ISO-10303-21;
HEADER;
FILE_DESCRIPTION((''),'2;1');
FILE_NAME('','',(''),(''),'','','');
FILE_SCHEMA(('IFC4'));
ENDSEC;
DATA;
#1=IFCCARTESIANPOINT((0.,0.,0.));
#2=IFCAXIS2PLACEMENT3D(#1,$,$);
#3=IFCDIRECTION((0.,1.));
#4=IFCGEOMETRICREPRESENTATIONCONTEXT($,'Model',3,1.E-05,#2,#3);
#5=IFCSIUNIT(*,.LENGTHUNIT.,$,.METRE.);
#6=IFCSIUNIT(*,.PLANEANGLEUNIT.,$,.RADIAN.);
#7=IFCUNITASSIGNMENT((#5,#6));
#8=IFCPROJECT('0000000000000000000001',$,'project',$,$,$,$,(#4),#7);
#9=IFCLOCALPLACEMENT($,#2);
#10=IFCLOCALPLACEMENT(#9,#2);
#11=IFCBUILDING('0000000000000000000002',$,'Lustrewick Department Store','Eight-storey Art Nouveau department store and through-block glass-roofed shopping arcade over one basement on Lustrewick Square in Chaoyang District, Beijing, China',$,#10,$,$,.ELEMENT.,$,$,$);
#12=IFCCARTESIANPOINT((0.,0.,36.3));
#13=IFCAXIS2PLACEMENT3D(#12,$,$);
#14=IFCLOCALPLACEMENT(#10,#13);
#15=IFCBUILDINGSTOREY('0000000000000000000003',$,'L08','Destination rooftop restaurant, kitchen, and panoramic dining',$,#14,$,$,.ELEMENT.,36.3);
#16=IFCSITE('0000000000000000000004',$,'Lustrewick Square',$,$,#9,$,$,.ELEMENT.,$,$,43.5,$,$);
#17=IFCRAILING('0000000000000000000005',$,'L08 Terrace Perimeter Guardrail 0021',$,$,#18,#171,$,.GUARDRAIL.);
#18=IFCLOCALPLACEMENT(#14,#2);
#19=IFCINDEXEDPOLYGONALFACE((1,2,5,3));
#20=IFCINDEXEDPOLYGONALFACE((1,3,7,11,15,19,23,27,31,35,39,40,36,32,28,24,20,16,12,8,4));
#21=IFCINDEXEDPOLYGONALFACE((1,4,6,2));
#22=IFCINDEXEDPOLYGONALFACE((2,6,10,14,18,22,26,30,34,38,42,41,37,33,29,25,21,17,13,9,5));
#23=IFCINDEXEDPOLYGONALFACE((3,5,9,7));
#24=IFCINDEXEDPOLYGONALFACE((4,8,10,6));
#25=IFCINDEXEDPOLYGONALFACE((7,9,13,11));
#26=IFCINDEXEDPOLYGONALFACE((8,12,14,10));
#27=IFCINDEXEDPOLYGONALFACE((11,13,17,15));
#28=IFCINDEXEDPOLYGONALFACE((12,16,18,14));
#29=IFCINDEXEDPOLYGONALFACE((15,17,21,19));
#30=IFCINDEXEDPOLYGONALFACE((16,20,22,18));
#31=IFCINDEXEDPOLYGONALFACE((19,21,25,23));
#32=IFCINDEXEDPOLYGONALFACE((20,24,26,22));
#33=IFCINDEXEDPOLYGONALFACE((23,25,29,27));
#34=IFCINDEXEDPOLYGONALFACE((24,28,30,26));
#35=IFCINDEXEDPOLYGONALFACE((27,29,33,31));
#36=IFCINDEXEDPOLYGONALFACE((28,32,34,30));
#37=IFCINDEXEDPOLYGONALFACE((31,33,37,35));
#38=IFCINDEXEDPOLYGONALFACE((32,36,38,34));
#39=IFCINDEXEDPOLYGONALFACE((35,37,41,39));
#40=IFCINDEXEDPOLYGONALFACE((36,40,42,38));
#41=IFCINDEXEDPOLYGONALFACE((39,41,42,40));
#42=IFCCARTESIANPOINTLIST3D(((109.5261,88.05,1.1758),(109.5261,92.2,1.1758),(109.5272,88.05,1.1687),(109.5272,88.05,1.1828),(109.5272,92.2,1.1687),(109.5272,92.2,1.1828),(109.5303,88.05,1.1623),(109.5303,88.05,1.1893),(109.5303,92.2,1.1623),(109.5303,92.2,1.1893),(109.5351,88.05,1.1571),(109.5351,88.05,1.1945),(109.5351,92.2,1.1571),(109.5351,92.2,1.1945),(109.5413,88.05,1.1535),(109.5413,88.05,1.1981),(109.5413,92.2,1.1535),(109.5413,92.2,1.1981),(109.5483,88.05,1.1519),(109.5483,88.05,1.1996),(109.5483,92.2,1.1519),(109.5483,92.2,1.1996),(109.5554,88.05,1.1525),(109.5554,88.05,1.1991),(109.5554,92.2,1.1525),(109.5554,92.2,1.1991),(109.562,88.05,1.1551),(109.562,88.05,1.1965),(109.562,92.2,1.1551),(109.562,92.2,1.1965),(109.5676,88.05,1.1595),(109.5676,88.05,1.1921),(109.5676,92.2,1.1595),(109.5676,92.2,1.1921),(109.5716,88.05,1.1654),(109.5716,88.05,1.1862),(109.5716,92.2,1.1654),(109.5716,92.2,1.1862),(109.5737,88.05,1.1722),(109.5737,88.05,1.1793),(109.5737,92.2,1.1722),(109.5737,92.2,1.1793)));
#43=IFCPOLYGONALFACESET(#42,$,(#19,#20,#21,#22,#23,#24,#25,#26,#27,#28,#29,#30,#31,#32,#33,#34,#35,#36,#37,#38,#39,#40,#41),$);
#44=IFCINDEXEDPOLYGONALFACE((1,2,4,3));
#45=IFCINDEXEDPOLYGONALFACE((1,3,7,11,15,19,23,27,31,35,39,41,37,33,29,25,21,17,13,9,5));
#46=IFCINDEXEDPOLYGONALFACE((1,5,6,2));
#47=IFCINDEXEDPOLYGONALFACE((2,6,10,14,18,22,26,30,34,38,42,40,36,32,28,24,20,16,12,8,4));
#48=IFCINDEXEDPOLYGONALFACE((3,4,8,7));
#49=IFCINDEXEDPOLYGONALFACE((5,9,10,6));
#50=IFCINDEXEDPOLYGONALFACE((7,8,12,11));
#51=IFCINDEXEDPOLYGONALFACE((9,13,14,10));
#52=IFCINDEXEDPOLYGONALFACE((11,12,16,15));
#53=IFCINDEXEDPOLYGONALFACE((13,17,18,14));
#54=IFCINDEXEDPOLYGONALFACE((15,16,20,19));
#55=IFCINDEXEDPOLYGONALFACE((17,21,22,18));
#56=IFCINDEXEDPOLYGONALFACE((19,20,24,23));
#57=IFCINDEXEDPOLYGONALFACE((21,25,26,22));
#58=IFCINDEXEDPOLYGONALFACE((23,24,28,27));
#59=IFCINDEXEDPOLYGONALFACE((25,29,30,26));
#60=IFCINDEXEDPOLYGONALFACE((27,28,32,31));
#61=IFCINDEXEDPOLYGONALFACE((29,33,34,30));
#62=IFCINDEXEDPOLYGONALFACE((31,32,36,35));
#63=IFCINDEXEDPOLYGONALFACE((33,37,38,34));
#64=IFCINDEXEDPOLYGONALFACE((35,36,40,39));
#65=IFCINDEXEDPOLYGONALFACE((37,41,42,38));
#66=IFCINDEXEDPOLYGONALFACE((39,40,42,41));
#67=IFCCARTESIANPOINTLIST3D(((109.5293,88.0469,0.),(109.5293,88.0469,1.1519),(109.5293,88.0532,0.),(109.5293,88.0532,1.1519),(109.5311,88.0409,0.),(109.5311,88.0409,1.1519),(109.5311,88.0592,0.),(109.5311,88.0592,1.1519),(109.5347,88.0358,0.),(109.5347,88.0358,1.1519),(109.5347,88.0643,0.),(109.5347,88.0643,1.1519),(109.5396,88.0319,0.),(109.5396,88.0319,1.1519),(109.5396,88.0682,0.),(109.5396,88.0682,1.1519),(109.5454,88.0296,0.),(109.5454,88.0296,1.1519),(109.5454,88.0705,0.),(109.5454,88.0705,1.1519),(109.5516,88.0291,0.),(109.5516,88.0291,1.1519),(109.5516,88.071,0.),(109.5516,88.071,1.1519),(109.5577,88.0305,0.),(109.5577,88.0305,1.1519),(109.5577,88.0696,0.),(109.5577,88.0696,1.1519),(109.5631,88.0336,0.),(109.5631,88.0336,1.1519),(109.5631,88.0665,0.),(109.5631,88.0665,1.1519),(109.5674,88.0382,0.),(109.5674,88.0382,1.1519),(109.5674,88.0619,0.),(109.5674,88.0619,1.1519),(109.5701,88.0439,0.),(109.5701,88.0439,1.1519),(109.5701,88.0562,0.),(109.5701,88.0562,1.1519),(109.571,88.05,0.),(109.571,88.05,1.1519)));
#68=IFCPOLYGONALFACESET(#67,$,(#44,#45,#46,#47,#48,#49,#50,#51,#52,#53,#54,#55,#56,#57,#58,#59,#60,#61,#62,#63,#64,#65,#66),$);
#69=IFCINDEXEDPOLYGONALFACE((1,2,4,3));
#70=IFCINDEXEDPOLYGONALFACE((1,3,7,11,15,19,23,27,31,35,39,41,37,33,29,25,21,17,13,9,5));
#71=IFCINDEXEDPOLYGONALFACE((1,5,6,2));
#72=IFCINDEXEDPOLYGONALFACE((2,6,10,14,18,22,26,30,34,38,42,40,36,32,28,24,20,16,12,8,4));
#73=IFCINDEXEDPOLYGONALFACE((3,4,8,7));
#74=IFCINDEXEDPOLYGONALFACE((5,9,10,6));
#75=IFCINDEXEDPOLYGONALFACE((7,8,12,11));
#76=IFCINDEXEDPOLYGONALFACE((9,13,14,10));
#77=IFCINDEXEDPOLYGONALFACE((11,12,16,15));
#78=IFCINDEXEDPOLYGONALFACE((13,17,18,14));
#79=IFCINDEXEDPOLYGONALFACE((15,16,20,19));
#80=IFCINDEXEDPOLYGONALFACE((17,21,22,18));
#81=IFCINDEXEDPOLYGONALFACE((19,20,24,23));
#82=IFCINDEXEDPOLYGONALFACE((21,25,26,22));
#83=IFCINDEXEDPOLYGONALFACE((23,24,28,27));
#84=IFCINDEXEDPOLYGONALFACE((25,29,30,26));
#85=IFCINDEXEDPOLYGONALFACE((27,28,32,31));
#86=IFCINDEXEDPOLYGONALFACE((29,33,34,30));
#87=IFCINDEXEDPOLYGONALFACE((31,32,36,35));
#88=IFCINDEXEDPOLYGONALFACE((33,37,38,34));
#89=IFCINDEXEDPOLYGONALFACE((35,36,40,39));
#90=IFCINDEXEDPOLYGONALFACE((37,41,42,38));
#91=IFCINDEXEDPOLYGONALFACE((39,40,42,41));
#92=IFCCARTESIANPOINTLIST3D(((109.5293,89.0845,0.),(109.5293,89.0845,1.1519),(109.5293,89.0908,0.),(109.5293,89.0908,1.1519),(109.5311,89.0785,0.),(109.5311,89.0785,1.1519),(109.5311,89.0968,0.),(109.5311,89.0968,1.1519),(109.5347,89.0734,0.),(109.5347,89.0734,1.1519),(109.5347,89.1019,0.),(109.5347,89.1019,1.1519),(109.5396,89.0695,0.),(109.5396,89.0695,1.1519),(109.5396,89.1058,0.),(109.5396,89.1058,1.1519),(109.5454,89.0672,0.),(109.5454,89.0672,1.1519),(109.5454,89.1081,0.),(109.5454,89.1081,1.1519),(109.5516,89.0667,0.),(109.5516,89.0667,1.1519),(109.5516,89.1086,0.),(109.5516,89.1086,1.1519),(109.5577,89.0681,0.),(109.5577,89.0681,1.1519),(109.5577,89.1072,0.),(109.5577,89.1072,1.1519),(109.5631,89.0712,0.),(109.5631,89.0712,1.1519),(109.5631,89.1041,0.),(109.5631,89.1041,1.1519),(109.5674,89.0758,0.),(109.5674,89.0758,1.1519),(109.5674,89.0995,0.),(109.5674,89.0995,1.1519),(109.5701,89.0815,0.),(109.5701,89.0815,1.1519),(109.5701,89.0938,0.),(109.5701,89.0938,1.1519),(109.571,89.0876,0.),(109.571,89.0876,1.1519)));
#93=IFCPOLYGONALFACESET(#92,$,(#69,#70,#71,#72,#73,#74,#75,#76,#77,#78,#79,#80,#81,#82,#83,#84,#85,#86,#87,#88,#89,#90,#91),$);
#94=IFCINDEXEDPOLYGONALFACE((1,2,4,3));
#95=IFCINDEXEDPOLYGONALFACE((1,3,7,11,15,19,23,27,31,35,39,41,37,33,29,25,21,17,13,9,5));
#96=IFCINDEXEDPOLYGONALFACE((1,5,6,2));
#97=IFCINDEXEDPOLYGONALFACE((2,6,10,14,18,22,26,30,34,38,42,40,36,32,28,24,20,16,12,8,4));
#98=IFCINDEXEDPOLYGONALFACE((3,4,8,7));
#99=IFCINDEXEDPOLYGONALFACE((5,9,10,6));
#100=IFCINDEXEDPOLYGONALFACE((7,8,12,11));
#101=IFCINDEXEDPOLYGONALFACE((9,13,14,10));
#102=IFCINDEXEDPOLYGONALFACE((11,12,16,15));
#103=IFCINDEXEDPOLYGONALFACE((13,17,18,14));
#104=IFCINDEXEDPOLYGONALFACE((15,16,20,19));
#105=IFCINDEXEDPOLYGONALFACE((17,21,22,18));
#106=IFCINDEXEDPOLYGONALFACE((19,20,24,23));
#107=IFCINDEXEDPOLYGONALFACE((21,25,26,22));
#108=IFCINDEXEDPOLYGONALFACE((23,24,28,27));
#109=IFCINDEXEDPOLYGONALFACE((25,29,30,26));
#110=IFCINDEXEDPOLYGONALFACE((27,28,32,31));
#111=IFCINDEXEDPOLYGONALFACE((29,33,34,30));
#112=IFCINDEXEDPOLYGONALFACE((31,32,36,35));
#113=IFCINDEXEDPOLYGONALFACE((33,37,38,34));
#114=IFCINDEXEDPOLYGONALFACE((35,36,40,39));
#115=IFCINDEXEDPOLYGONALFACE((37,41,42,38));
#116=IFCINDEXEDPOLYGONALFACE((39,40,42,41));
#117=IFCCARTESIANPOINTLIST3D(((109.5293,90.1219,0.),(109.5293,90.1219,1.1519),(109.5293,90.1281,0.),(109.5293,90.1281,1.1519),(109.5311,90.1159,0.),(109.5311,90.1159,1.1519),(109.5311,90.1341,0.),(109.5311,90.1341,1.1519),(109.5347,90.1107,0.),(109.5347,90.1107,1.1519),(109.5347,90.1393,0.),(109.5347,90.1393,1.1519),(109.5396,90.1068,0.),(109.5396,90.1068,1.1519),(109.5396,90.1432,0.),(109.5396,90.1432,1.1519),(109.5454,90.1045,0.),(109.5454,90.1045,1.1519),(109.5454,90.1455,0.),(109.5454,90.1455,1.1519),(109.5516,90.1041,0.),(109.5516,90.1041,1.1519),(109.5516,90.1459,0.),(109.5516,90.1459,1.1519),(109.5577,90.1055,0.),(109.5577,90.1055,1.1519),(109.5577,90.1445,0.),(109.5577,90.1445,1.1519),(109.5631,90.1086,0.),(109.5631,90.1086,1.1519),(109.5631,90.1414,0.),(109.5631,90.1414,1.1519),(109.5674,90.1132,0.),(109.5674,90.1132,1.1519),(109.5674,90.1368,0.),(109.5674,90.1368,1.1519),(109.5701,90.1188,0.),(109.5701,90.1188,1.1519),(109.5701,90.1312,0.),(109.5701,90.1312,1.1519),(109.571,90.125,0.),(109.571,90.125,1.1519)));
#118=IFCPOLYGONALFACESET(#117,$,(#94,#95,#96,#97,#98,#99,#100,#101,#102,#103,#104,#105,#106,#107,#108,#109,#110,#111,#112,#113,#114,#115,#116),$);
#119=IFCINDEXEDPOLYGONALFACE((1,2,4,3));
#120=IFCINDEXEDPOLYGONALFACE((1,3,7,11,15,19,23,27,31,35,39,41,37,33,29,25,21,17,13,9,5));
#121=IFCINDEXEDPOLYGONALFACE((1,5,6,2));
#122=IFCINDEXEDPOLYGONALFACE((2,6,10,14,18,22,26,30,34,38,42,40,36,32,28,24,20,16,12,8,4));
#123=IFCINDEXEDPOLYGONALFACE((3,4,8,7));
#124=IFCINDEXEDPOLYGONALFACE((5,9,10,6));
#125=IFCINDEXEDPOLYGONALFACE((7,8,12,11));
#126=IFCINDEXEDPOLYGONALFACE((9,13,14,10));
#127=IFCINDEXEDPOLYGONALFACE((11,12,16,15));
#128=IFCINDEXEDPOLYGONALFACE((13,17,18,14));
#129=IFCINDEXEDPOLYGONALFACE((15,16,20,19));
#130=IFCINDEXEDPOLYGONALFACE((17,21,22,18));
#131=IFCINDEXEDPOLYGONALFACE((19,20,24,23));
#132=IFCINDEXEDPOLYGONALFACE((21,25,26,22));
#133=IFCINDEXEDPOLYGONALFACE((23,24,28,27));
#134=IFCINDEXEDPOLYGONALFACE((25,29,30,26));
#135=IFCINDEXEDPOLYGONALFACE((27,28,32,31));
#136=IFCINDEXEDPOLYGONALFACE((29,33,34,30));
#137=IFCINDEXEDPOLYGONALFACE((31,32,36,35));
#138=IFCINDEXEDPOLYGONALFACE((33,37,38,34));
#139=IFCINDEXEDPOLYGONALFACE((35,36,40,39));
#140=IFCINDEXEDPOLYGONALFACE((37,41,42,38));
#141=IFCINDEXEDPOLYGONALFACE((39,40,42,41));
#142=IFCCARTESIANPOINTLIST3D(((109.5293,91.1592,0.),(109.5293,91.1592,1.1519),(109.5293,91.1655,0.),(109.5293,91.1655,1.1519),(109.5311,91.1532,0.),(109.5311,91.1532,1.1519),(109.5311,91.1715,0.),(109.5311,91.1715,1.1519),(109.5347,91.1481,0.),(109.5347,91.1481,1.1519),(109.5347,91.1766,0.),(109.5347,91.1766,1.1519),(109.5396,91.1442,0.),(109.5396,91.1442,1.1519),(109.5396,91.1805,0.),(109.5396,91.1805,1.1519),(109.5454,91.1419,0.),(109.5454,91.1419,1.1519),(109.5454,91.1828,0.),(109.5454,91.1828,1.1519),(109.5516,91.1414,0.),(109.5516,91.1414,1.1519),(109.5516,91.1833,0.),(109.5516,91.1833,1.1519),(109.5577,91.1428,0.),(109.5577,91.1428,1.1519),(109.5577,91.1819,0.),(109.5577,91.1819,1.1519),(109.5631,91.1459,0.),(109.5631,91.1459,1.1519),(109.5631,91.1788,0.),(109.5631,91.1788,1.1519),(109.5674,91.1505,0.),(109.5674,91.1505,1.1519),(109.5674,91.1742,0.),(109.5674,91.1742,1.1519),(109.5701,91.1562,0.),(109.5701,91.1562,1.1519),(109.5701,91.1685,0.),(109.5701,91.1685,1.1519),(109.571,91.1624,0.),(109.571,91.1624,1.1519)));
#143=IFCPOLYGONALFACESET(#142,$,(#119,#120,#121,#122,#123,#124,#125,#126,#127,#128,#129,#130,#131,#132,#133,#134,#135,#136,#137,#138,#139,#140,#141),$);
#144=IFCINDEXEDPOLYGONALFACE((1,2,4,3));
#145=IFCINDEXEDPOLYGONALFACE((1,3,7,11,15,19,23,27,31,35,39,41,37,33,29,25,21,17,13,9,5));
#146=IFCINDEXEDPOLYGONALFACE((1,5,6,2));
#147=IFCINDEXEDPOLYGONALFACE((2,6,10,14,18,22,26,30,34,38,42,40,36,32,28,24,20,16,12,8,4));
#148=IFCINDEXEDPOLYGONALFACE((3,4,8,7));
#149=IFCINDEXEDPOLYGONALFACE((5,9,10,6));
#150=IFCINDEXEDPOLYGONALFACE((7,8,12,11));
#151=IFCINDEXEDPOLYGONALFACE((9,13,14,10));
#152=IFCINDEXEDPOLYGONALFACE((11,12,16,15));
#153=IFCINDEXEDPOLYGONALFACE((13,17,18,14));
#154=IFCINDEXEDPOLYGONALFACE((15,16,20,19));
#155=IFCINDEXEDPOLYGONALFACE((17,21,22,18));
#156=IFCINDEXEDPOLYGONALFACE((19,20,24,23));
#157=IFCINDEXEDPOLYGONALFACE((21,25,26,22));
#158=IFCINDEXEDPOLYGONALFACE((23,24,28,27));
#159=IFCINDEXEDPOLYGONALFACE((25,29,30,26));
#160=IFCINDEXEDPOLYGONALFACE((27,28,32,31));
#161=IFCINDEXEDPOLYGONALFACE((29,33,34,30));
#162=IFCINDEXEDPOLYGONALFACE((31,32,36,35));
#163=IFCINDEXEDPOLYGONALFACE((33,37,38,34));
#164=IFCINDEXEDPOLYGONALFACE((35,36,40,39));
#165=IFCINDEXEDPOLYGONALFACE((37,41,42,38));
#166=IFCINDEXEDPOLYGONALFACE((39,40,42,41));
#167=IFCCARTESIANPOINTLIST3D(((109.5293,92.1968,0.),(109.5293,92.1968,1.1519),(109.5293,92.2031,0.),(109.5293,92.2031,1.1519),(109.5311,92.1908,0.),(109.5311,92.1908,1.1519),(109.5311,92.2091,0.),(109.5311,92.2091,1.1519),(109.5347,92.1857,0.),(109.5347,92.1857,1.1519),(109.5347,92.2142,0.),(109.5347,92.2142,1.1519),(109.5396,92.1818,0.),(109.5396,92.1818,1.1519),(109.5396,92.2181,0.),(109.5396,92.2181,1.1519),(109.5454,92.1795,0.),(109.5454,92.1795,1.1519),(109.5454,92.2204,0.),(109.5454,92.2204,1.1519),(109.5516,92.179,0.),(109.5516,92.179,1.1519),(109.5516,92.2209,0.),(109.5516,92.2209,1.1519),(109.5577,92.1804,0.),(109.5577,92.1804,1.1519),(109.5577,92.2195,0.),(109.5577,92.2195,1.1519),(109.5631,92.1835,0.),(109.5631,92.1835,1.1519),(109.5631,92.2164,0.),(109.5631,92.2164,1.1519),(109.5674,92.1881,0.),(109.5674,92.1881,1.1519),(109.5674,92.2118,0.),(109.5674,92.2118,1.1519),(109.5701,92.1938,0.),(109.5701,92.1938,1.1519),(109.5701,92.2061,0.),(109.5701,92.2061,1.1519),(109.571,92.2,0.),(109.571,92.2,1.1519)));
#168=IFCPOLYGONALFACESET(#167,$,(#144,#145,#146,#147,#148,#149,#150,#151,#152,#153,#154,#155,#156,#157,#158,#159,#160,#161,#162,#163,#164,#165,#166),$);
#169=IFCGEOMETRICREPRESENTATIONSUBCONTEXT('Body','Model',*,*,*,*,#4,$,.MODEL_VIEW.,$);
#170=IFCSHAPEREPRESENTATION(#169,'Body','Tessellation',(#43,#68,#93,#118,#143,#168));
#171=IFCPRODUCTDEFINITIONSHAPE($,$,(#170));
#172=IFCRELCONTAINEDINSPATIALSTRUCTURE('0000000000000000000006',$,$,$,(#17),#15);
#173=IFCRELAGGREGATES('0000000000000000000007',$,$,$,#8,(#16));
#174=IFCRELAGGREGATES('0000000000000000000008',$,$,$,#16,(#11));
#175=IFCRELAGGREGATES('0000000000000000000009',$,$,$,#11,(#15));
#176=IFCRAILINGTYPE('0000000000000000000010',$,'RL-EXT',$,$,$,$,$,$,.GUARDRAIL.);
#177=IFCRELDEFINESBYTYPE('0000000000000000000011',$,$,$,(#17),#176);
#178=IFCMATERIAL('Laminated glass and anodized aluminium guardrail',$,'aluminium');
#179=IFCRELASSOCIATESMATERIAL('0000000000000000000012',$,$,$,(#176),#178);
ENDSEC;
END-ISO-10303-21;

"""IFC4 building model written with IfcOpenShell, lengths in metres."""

from ifc_helpers import new_model, si_unit, direction, frame, origin, origin_2d, place, context, subcontext, project, spatial, circle, extrude, material, type_object, element, save


model = new_model("IFC4")

# Units and contexts
model_context = context("Model", 3, precision=1e-05, world=origin(), true_north=direction((0.0, 1.0)))
body_context = subcontext(model_context, "Body", "Model", "MODEL_VIEW")
ifc_project = project(units=[si_unit("LENGTHUNIT", "METRE"), si_unit("PLANEANGLEUNIT", "RADIAN")], contexts=[model_context])

# Site, building, storey
site_placement = place(None, origin())
site = spatial("IfcSite", under=ifc_project, at=site_placement, Name="Lustrewick Square", CompositionType="ELEMENT", RefElevation=43.5)
building_placement = place(site_placement, origin())
building = spatial("IfcBuilding", under=site, at=building_placement, Name="Lustrewick Department Store", Description="Eight-storey Art Nouveau department store and through-block glass-roofed shopping arcade over one basement on Lustrewick Square in Chaoyang District, Beijing, China", CompositionType="ELEMENT")
storey_placement = place(building_placement, frame((0.0, 0.0, 36.3)))
storey = spatial("IfcBuildingStorey", under=building, at=storey_placement, Name="L08", Description="Destination rooftop restaurant, kitchen, and panoramic dining", CompositionType="ELEMENT", Elevation=36.3)

# Railing
ifc_material_1 = material(Name="Laminated glass and anodized aluminium guardrail", Category="aluminium")
railing_type = type_object("IfcRailingType", Name="RL-EXT", PredefinedType="GUARDRAIL", material=ifc_material_1)
railing_1_placement = place(storey_placement, frame((109.55, 88.05, 0.0)))
element("IfcRailing", 1, at=railing_1_placement, inside=storey, type_object=railing_type, Name="L08 Terrace Perimeter Guardrail 0021", PredefinedType="GUARDRAIL", context=body_context, shape_type="SweptSolid", body=[
    extrude(circle(Radius=0.0239, at=origin_2d()), frame((0.0, 0.0, 1.1758), z_axis=(0.0, 1.0, 0.0), x_axis=(-1.0, 0.0, 0.0)), (0.0, 0.0, 1.0), 4.1499),
    extrude(circle(Radius=0.021, at=origin_2d()), origin(), (0.0, 0.0, 1.0), 1.1519),
    extrude(circle(Radius=0.021, at=origin_2d()), frame((0.0, 1.0376, 0.0)), (0.0, 0.0, 1.0), 1.1519),
    extrude(circle(Radius=0.021, at=origin_2d()), frame((0.0, 2.075, 0.0)), (0.0, 0.0, 1.0), 1.1519),
    extrude(circle(Radius=0.021, at=origin_2d()), frame((0.0, 3.1123, 0.0)), (0.0, 0.0, 1.0), 1.1519),
    extrude(circle(Radius=0.021, at=origin_2d()), frame((0.0, 4.1499, 0.0)), (0.0, 0.0, 1.0), 1.1519),
])

save(model, "model.ifc")
